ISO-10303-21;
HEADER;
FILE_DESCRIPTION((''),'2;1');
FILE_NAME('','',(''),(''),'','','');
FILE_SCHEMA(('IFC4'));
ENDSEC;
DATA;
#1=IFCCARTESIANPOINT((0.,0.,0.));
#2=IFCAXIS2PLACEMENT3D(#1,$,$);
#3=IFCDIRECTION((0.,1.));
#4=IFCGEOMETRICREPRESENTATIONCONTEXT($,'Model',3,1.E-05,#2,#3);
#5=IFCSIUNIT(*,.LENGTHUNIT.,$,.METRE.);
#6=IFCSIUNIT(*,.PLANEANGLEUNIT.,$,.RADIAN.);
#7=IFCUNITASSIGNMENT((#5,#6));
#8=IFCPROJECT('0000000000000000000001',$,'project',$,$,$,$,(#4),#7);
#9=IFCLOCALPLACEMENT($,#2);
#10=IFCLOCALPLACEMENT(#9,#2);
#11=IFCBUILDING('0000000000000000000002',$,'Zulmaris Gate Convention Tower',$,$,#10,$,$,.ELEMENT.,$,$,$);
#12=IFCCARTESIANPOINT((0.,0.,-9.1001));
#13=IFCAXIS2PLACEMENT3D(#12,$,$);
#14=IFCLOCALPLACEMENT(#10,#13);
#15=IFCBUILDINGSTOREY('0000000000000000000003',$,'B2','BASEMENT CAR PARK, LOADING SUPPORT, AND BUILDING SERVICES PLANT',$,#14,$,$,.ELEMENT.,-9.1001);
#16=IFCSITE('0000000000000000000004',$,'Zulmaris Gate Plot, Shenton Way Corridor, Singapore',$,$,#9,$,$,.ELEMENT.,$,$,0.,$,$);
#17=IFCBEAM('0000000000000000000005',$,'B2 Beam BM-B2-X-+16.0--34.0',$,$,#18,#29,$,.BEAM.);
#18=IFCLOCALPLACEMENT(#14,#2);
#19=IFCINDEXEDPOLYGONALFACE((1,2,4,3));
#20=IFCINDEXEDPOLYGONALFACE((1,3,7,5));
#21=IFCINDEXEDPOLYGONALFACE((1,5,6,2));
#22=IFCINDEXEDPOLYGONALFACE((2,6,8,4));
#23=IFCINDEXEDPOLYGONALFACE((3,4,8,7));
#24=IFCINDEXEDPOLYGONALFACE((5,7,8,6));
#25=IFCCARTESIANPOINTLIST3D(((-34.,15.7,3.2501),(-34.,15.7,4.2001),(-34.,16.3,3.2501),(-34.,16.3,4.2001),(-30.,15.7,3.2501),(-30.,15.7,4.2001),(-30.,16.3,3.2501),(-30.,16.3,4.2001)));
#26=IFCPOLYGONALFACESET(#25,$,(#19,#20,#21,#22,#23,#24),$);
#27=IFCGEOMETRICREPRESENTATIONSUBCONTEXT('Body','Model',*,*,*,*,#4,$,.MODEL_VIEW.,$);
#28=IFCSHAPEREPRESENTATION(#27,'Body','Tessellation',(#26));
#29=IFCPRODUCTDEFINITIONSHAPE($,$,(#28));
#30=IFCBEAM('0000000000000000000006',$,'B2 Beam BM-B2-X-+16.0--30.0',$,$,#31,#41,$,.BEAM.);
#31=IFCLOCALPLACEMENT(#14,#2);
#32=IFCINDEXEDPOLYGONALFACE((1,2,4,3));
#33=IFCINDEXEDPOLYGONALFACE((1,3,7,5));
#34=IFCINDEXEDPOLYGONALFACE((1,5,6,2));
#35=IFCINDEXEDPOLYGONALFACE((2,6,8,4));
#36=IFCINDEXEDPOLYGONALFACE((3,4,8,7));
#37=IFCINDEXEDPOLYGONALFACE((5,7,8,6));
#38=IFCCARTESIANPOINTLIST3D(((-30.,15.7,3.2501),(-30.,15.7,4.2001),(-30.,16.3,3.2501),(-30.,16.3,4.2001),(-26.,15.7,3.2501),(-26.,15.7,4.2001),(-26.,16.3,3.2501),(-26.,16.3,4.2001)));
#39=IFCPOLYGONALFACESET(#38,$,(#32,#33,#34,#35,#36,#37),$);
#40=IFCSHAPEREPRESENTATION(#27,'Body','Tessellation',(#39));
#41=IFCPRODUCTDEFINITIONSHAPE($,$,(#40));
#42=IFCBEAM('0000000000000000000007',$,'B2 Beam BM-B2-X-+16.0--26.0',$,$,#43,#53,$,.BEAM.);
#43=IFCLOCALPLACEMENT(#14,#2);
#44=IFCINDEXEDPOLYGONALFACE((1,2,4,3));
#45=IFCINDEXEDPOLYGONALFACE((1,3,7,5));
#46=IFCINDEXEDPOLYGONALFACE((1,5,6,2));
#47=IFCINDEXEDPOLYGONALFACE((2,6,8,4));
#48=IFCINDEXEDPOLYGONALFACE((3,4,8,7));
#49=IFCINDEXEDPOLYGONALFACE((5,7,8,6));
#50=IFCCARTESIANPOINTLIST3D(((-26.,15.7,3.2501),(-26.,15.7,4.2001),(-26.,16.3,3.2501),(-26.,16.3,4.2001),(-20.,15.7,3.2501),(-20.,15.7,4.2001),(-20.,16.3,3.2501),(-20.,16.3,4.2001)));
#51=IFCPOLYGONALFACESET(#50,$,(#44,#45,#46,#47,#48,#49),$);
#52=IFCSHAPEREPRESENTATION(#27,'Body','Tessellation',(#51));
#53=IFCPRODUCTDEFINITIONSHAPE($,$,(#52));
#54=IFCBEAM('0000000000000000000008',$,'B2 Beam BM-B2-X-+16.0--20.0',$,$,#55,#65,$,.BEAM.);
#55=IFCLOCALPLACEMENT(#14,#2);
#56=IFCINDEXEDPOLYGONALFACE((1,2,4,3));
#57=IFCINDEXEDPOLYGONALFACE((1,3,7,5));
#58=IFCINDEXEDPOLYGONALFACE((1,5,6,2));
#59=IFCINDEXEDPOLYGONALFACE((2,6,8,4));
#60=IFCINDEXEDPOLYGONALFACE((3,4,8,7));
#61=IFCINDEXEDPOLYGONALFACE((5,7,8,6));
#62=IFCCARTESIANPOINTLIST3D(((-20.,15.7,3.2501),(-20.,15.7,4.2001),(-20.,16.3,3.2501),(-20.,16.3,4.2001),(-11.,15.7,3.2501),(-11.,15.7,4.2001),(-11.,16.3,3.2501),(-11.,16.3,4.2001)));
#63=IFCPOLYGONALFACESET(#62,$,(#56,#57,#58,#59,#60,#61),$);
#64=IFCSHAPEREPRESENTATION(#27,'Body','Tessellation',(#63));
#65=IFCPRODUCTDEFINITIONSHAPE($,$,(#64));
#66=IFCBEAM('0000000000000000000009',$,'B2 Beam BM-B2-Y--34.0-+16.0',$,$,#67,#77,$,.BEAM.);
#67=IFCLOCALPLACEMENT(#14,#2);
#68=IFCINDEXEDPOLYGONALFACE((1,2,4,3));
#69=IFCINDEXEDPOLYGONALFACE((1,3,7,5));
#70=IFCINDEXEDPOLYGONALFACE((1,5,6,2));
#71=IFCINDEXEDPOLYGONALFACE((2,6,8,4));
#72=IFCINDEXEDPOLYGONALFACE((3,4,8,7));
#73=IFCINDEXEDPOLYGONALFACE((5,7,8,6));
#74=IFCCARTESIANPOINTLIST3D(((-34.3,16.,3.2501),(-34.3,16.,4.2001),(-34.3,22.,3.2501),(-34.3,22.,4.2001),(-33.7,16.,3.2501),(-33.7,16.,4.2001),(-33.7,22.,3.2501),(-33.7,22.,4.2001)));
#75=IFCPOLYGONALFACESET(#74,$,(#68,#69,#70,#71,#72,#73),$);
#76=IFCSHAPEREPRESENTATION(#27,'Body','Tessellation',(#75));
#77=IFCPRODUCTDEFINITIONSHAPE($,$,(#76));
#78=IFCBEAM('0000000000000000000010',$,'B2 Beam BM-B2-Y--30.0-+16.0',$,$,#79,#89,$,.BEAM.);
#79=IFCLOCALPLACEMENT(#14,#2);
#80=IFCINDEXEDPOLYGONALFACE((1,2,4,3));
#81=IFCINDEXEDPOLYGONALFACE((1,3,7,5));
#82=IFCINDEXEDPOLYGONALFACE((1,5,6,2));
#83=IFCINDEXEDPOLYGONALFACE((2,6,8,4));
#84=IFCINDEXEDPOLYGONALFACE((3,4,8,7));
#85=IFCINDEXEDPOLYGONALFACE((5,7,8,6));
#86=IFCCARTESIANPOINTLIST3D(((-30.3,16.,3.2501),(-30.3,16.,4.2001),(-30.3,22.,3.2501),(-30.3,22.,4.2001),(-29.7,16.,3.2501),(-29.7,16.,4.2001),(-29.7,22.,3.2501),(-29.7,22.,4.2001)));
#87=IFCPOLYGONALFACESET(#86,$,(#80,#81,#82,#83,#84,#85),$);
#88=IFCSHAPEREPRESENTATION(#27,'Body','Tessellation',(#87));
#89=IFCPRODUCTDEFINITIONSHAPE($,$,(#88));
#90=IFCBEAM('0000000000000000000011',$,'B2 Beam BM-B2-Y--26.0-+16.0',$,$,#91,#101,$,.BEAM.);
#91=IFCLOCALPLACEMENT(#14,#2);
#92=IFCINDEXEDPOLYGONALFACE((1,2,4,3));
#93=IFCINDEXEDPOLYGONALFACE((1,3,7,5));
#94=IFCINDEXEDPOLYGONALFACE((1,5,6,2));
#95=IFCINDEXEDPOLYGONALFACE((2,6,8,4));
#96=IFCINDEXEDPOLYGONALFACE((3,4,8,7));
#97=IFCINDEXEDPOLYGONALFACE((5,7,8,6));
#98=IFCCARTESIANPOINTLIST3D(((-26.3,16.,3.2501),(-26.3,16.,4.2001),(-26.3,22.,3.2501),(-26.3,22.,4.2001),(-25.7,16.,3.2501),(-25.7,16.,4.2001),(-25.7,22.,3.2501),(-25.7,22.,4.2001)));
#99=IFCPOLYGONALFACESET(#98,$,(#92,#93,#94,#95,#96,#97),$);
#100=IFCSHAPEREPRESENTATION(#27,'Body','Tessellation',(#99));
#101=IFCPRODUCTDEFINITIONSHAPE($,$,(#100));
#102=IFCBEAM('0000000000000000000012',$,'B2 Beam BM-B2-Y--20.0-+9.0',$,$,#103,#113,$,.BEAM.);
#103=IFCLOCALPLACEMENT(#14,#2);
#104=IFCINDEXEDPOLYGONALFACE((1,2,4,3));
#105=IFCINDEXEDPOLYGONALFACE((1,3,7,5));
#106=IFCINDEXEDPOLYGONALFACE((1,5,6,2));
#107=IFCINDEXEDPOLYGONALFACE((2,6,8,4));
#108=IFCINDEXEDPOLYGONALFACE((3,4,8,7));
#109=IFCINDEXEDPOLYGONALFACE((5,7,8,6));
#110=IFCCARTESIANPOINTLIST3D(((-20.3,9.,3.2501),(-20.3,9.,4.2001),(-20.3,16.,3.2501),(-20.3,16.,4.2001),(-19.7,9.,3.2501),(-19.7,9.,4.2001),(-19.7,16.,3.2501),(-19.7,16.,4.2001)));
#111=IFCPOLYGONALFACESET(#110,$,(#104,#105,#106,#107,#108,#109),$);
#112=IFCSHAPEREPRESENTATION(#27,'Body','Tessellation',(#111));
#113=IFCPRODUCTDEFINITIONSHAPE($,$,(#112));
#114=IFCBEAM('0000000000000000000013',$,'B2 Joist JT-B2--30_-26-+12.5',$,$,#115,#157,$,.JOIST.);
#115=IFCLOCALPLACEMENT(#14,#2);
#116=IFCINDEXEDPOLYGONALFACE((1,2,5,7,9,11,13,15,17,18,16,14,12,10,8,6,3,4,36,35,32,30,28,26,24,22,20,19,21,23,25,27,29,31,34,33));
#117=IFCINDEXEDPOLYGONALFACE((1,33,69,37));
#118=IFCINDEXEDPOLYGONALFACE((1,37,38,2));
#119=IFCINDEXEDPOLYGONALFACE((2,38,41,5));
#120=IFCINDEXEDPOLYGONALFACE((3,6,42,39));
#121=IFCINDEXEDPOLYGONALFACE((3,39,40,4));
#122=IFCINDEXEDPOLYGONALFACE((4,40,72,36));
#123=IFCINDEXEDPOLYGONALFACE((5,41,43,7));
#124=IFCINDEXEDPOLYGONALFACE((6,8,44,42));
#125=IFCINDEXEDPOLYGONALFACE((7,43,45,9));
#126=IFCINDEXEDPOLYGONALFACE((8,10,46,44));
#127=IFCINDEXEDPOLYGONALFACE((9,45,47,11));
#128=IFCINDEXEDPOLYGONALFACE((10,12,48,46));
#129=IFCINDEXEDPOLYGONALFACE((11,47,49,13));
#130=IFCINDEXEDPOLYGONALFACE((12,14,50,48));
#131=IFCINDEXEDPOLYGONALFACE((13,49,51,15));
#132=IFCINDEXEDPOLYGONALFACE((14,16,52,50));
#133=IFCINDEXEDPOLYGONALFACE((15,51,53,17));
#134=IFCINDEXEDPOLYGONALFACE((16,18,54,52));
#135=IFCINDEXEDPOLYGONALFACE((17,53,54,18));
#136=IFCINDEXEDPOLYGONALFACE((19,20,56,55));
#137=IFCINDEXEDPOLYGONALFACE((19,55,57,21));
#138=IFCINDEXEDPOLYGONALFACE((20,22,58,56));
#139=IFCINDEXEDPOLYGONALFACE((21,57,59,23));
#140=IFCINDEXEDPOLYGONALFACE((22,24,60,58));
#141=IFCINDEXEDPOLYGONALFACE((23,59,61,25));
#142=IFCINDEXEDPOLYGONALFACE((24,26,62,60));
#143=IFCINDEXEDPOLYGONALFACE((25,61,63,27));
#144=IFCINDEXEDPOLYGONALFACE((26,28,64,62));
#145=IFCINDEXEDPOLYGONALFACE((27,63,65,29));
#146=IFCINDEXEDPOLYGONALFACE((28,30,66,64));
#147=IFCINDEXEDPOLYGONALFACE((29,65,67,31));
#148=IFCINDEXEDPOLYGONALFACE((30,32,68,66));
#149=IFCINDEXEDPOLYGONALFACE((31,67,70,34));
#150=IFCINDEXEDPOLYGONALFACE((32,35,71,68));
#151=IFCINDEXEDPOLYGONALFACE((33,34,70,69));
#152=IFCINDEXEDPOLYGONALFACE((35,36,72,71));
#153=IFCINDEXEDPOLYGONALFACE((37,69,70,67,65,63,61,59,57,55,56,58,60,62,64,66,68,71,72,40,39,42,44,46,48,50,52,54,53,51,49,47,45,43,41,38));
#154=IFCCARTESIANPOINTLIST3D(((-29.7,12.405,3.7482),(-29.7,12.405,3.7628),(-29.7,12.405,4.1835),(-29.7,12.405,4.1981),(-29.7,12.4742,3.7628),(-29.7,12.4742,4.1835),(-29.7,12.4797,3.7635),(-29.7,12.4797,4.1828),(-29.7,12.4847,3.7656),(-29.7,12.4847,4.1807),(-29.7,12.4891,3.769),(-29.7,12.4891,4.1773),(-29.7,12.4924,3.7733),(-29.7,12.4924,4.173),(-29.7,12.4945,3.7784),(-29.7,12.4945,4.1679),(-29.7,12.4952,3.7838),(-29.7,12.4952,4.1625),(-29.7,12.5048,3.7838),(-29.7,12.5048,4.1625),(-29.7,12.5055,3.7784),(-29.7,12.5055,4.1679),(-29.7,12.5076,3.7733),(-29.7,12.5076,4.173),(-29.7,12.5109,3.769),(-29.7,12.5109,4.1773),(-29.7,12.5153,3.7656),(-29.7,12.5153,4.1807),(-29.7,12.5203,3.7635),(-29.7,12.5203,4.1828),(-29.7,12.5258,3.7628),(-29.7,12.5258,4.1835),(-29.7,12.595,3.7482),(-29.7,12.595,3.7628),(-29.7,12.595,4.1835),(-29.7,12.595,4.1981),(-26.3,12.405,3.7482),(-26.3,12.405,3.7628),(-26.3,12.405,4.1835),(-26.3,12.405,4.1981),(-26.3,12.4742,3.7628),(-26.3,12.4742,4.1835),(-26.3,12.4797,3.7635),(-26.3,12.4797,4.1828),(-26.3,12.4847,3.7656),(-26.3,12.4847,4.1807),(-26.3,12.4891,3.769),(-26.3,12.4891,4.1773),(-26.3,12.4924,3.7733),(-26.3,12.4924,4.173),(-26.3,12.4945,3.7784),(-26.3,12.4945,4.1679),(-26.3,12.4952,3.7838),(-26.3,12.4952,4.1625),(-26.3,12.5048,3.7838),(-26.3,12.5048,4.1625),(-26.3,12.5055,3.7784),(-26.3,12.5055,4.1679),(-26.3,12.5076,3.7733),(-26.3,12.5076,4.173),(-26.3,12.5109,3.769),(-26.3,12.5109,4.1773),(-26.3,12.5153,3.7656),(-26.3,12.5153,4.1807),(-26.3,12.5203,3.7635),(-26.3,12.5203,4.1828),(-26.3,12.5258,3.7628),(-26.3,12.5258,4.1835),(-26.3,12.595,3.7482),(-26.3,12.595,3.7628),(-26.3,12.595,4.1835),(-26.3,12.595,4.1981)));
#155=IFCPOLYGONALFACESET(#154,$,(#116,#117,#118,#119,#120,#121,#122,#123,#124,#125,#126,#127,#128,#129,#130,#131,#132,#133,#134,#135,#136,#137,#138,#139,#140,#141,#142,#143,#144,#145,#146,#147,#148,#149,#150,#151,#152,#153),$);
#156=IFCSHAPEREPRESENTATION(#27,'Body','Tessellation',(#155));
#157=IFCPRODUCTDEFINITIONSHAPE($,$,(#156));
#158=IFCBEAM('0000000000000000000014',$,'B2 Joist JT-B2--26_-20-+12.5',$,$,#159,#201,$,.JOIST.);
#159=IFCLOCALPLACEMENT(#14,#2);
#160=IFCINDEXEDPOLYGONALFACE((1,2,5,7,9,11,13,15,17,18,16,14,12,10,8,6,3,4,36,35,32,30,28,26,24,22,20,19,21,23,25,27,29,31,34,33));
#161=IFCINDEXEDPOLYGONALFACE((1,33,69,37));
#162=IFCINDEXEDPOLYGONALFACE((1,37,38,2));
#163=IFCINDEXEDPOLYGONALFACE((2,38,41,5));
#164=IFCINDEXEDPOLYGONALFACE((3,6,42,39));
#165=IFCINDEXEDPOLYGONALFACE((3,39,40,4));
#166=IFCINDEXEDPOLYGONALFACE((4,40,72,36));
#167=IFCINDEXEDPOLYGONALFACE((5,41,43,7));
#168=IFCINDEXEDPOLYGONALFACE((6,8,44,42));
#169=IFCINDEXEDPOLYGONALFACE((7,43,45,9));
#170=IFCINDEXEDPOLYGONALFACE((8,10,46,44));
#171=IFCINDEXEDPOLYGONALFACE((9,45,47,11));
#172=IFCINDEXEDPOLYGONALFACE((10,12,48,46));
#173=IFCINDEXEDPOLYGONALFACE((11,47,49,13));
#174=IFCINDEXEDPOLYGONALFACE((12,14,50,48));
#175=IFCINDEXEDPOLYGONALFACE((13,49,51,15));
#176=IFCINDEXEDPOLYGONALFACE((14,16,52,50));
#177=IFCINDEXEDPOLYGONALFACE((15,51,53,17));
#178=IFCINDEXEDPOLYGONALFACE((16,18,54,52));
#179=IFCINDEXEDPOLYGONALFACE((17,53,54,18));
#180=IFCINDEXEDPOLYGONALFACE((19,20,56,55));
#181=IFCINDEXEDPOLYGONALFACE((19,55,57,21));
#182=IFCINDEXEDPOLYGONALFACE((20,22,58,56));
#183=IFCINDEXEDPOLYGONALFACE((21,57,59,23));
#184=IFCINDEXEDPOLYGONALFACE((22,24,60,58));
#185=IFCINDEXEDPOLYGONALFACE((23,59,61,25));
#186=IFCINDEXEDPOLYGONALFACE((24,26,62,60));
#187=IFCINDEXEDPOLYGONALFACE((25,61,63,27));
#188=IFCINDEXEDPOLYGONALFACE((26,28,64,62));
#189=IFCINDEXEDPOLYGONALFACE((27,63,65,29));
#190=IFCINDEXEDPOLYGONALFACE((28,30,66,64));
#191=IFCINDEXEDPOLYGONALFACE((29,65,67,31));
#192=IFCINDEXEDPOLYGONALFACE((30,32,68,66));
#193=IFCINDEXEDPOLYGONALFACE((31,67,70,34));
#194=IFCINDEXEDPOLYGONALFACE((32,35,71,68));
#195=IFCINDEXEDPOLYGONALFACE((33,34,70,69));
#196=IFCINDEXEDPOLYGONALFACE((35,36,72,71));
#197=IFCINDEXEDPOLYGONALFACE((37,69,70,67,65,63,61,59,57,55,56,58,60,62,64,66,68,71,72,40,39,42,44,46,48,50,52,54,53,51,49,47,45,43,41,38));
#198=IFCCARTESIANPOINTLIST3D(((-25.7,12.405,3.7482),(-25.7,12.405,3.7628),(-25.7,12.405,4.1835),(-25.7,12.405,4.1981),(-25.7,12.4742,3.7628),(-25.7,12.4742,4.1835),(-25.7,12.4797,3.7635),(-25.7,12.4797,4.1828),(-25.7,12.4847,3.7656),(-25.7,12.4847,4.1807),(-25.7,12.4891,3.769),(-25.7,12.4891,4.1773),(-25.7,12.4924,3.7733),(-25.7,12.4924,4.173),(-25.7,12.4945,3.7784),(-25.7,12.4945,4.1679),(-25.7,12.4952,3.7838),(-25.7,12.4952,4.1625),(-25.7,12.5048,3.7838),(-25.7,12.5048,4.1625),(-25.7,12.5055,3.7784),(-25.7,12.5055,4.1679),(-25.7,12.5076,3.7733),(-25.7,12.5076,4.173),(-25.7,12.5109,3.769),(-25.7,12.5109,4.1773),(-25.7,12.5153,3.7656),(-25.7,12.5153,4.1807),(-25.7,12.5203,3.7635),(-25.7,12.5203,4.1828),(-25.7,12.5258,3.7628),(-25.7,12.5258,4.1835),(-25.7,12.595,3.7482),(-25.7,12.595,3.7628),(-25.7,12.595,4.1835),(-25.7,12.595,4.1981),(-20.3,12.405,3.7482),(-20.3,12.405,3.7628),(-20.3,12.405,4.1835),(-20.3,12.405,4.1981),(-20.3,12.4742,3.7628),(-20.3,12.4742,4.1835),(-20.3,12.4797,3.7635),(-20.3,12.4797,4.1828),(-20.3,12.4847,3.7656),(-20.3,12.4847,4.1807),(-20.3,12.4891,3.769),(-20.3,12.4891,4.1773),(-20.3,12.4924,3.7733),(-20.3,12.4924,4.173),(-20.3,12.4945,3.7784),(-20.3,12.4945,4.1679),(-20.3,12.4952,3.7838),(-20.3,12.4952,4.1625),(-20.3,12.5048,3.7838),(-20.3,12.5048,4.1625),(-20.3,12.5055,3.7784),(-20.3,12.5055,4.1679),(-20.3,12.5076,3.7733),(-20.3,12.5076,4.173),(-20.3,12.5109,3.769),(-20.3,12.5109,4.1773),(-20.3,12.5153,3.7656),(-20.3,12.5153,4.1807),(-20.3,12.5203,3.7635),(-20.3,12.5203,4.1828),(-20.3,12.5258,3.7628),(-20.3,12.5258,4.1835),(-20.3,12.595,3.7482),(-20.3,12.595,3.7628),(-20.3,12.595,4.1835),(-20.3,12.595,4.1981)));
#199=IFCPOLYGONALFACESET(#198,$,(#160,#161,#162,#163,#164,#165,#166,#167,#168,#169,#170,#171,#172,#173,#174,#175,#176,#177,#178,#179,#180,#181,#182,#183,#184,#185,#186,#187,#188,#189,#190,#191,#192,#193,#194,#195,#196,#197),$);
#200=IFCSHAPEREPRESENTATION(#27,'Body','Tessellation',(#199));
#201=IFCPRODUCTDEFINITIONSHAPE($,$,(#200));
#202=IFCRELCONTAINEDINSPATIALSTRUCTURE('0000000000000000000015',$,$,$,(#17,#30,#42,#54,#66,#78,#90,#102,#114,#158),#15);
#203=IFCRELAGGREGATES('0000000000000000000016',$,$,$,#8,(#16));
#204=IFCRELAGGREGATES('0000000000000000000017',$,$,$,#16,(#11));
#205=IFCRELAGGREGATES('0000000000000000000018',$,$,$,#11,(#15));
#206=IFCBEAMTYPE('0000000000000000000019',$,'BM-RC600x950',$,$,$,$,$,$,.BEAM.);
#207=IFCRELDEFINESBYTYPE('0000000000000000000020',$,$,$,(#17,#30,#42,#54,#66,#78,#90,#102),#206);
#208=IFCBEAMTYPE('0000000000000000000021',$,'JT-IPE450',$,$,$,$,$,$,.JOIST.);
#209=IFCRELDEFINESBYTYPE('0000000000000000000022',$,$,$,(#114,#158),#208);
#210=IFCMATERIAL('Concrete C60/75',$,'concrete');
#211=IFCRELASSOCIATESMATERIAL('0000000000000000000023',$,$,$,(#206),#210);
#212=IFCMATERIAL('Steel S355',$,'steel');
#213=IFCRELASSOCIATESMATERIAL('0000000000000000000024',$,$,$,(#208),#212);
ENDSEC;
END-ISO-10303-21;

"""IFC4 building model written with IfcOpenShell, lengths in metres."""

from ifc_helpers import new_model, si_unit, direction, frame, origin, origin_2d, place, context, subcontext, project, spatial, rectangle, i_section, extrude, material, material_profile, profile_set, type_object, element, save


model = new_model("IFC4")

# Units and contexts
model_context = context("Model", 3, precision=1e-05, world=origin(), true_north=direction((0.0, 1.0)))
body_context = subcontext(model_context, "Body", "Model", "MODEL_VIEW")
ifc_project = project(units=[si_unit("LENGTHUNIT", "METRE"), si_unit("PLANEANGLEUNIT", "RADIAN")], contexts=[model_context])

# Site, building, storey
site_placement = place(None, origin())
site = spatial("IfcSite", under=ifc_project, at=site_placement, Name="Zulmaris Gate Plot, Shenton Way Corridor, Singapore", CompositionType="ELEMENT", RefElevation=0.0)
building_placement = place(site_placement, origin())
building = spatial("IfcBuilding", under=site, at=building_placement, Name="Zulmaris Gate Convention Tower", CompositionType="ELEMENT")
storey_placement = place(building_placement, frame((0.0, 0.0, -9.1001)))
storey = spatial("IfcBuildingStorey", under=building, at=storey_placement, Name="B2", Description="BASEMENT CAR PARK, LOADING SUPPORT, AND BUILDING SERVICES PLANT", CompositionType="ELEMENT", Elevation=-9.1001)

# Beams
ifc_material_1 = material(Name="Concrete C60/75", Category="concrete")
ifc_material_profile_1 = material_profile(ifc_material_1, rectangle(XDim=0.6001, YDim=0.95, at=origin_2d()), Name="RC BEAM 600x950")
ifc_profile_set_1 = profile_set([ifc_material_profile_1], Name="Concrete C60/75")
beam_type_1 = type_object("IfcBeamType", Name="BM-RC600x950", PredefinedType="BEAM", material=ifc_profile_set_1)
for number, where, z_axis, x_axis, name in (
    (1, (-34.0, 16.0, 3.7251), (1.0, 0.0, 0.0), (0.0, 1.0, 0.0), "B2 Beam BM-B2-X-+16.0--34.0"),
    (2, (-30.0, 16.0, 3.7251), (1.0, 0.0, 0.0), (0.0, 1.0, 0.0), "B2 Beam BM-B2-X-+16.0--30.0"),
):
    element("IfcBeam", number, at=place(storey_placement, frame(where, z_axis=z_axis, x_axis=x_axis)), inside=storey, type_object=beam_type_1, Name=name, PredefinedType="BEAM", context=body_context, shape_type="SweptSolid", body=[
        extrude(rectangle(XDim=0.6001, YDim=0.95, at=origin_2d()), origin(), (0.0, 0.0, 1.0), 4.0),
    ])
beam_1_placement = place(storey_placement, frame((-26.0, 16.0, 3.7251), z_axis=(1.0, 0.0, 0.0), x_axis=(0.0, 1.0, 0.0)))
element("IfcBeam", 3, at=beam_1_placement, inside=storey, type_object=beam_type_1, Name="B2 Beam BM-B2-X-+16.0--26.0", PredefinedType="BEAM", context=body_context, shape_type="SweptSolid", body=[
    extrude(rectangle(XDim=0.6001, YDim=0.95, at=origin_2d()), origin(), (0.0, 0.0, 1.0), 6.0),
])
beam_2_placement = place(storey_placement, frame((-20.0, 16.0, 3.7251), z_axis=(1.0, 0.0, 0.0), x_axis=(0.0, 1.0, 0.0)))
element("IfcBeam", 4, at=beam_2_placement, inside=storey, type_object=beam_type_1, Name="B2 Beam BM-B2-X-+16.0--20.0", PredefinedType="BEAM", context=body_context, shape_type="SweptSolid", body=[
    extrude(rectangle(XDim=0.6001, YDim=0.95, at=origin_2d()), origin(), (0.0, 0.0, 1.0), 9.0),
])
for number, where, z_axis, x_axis, name in (
    (5, (-34.0, 16.0, 3.7251), (0.0, 1.0, 0.0), (-1.0, 0.0, 0.0), "B2 Beam BM-B2-Y--34.0-+16.0"),
    (6, (-30.0, 16.0, 3.7251), (0.0, 1.0, 0.0), (-1.0, 0.0, 0.0), "B2 Beam BM-B2-Y--30.0-+16.0"),
    (7, (-26.0, 16.0, 3.7251), (0.0, 1.0, 0.0), (-1.0, 0.0, 0.0), "B2 Beam BM-B2-Y--26.0-+16.0"),
):
    element("IfcBeam", number, at=place(storey_placement, frame(where, z_axis=z_axis, x_axis=x_axis)), inside=storey, type_object=beam_type_1, Name=name, PredefinedType="BEAM", context=body_context, shape_type="SweptSolid", body=[
        extrude(rectangle(XDim=0.6001, YDim=0.95, at=origin_2d()), origin(), (0.0, 0.0, 1.0), 6.0),
    ])
beam_3_placement = place(storey_placement, frame((-20.0, 9.0, 3.7251), z_axis=(0.0, 1.0, 0.0), x_axis=(-1.0, 0.0, 0.0)))
element("IfcBeam", 8, at=beam_3_placement, inside=storey, type_object=beam_type_1, Name="B2 Beam BM-B2-Y--20.0-+9.0", PredefinedType="BEAM", context=body_context, shape_type="SweptSolid", body=[
    extrude(rectangle(XDim=0.6001, YDim=0.95, at=origin_2d()), origin(), (0.0, 0.0, 1.0), 7.0),
])
ifc_material_2 = material(Name="Steel S355", Category="steel")
ifc_material_profile_2 = material_profile(ifc_material_2, i_section(OverallWidth=0.1899, OverallDepth=0.45, WebThickness=0.0095, FlangeThickness=0.0146, FilletRadius=0.021, at=origin_2d()), Name="IPE 450")
ifc_profile_set_2 = profile_set([ifc_material_profile_2], Name="Steel S355")
beam_type_2 = type_object("IfcBeamType", Name="JT-IPE450", PredefinedType="JOIST", material=ifc_profile_set_2)
beam_4_placement = place(storey_placement, frame((-29.7, 12.5, 3.9731), z_axis=(1.0, 0.0, 0.0), x_axis=(0.0, 1.0, 0.0)))
element("IfcBeam", 9, at=beam_4_placement, inside=storey, type_object=beam_type_2, Name="B2 Joist JT-B2--30_-26-+12.5", PredefinedType="JOIST", context=body_context, shape_type="SweptSolid", body=[
    extrude(i_section(OverallWidth=0.1899, OverallDepth=0.45, WebThickness=0.0095, FlangeThickness=0.0146, FilletRadius=0.021, at=origin_2d()), origin(), (0.0, 0.0, 1.0), 3.3999),
])
beam_5_placement = place(storey_placement, frame((-25.7, 12.5, 3.9731), z_axis=(1.0, 0.0, 0.0), x_axis=(0.0, 1.0, 0.0)))
element("IfcBeam", 10, at=beam_5_placement, inside=storey, type_object=beam_type_2, Name="B2 Joist JT-B2--26_-20-+12.5", PredefinedType="JOIST", context=body_context, shape_type="SweptSolid", body=[
    extrude(i_section(OverallWidth=0.1899, OverallDepth=0.45, WebThickness=0.0095, FlangeThickness=0.0146, FilletRadius=0.021, at=origin_2d()), origin(), (0.0, 0.0, 1.0), 5.3999),
])

save(model, "model.ifc")
